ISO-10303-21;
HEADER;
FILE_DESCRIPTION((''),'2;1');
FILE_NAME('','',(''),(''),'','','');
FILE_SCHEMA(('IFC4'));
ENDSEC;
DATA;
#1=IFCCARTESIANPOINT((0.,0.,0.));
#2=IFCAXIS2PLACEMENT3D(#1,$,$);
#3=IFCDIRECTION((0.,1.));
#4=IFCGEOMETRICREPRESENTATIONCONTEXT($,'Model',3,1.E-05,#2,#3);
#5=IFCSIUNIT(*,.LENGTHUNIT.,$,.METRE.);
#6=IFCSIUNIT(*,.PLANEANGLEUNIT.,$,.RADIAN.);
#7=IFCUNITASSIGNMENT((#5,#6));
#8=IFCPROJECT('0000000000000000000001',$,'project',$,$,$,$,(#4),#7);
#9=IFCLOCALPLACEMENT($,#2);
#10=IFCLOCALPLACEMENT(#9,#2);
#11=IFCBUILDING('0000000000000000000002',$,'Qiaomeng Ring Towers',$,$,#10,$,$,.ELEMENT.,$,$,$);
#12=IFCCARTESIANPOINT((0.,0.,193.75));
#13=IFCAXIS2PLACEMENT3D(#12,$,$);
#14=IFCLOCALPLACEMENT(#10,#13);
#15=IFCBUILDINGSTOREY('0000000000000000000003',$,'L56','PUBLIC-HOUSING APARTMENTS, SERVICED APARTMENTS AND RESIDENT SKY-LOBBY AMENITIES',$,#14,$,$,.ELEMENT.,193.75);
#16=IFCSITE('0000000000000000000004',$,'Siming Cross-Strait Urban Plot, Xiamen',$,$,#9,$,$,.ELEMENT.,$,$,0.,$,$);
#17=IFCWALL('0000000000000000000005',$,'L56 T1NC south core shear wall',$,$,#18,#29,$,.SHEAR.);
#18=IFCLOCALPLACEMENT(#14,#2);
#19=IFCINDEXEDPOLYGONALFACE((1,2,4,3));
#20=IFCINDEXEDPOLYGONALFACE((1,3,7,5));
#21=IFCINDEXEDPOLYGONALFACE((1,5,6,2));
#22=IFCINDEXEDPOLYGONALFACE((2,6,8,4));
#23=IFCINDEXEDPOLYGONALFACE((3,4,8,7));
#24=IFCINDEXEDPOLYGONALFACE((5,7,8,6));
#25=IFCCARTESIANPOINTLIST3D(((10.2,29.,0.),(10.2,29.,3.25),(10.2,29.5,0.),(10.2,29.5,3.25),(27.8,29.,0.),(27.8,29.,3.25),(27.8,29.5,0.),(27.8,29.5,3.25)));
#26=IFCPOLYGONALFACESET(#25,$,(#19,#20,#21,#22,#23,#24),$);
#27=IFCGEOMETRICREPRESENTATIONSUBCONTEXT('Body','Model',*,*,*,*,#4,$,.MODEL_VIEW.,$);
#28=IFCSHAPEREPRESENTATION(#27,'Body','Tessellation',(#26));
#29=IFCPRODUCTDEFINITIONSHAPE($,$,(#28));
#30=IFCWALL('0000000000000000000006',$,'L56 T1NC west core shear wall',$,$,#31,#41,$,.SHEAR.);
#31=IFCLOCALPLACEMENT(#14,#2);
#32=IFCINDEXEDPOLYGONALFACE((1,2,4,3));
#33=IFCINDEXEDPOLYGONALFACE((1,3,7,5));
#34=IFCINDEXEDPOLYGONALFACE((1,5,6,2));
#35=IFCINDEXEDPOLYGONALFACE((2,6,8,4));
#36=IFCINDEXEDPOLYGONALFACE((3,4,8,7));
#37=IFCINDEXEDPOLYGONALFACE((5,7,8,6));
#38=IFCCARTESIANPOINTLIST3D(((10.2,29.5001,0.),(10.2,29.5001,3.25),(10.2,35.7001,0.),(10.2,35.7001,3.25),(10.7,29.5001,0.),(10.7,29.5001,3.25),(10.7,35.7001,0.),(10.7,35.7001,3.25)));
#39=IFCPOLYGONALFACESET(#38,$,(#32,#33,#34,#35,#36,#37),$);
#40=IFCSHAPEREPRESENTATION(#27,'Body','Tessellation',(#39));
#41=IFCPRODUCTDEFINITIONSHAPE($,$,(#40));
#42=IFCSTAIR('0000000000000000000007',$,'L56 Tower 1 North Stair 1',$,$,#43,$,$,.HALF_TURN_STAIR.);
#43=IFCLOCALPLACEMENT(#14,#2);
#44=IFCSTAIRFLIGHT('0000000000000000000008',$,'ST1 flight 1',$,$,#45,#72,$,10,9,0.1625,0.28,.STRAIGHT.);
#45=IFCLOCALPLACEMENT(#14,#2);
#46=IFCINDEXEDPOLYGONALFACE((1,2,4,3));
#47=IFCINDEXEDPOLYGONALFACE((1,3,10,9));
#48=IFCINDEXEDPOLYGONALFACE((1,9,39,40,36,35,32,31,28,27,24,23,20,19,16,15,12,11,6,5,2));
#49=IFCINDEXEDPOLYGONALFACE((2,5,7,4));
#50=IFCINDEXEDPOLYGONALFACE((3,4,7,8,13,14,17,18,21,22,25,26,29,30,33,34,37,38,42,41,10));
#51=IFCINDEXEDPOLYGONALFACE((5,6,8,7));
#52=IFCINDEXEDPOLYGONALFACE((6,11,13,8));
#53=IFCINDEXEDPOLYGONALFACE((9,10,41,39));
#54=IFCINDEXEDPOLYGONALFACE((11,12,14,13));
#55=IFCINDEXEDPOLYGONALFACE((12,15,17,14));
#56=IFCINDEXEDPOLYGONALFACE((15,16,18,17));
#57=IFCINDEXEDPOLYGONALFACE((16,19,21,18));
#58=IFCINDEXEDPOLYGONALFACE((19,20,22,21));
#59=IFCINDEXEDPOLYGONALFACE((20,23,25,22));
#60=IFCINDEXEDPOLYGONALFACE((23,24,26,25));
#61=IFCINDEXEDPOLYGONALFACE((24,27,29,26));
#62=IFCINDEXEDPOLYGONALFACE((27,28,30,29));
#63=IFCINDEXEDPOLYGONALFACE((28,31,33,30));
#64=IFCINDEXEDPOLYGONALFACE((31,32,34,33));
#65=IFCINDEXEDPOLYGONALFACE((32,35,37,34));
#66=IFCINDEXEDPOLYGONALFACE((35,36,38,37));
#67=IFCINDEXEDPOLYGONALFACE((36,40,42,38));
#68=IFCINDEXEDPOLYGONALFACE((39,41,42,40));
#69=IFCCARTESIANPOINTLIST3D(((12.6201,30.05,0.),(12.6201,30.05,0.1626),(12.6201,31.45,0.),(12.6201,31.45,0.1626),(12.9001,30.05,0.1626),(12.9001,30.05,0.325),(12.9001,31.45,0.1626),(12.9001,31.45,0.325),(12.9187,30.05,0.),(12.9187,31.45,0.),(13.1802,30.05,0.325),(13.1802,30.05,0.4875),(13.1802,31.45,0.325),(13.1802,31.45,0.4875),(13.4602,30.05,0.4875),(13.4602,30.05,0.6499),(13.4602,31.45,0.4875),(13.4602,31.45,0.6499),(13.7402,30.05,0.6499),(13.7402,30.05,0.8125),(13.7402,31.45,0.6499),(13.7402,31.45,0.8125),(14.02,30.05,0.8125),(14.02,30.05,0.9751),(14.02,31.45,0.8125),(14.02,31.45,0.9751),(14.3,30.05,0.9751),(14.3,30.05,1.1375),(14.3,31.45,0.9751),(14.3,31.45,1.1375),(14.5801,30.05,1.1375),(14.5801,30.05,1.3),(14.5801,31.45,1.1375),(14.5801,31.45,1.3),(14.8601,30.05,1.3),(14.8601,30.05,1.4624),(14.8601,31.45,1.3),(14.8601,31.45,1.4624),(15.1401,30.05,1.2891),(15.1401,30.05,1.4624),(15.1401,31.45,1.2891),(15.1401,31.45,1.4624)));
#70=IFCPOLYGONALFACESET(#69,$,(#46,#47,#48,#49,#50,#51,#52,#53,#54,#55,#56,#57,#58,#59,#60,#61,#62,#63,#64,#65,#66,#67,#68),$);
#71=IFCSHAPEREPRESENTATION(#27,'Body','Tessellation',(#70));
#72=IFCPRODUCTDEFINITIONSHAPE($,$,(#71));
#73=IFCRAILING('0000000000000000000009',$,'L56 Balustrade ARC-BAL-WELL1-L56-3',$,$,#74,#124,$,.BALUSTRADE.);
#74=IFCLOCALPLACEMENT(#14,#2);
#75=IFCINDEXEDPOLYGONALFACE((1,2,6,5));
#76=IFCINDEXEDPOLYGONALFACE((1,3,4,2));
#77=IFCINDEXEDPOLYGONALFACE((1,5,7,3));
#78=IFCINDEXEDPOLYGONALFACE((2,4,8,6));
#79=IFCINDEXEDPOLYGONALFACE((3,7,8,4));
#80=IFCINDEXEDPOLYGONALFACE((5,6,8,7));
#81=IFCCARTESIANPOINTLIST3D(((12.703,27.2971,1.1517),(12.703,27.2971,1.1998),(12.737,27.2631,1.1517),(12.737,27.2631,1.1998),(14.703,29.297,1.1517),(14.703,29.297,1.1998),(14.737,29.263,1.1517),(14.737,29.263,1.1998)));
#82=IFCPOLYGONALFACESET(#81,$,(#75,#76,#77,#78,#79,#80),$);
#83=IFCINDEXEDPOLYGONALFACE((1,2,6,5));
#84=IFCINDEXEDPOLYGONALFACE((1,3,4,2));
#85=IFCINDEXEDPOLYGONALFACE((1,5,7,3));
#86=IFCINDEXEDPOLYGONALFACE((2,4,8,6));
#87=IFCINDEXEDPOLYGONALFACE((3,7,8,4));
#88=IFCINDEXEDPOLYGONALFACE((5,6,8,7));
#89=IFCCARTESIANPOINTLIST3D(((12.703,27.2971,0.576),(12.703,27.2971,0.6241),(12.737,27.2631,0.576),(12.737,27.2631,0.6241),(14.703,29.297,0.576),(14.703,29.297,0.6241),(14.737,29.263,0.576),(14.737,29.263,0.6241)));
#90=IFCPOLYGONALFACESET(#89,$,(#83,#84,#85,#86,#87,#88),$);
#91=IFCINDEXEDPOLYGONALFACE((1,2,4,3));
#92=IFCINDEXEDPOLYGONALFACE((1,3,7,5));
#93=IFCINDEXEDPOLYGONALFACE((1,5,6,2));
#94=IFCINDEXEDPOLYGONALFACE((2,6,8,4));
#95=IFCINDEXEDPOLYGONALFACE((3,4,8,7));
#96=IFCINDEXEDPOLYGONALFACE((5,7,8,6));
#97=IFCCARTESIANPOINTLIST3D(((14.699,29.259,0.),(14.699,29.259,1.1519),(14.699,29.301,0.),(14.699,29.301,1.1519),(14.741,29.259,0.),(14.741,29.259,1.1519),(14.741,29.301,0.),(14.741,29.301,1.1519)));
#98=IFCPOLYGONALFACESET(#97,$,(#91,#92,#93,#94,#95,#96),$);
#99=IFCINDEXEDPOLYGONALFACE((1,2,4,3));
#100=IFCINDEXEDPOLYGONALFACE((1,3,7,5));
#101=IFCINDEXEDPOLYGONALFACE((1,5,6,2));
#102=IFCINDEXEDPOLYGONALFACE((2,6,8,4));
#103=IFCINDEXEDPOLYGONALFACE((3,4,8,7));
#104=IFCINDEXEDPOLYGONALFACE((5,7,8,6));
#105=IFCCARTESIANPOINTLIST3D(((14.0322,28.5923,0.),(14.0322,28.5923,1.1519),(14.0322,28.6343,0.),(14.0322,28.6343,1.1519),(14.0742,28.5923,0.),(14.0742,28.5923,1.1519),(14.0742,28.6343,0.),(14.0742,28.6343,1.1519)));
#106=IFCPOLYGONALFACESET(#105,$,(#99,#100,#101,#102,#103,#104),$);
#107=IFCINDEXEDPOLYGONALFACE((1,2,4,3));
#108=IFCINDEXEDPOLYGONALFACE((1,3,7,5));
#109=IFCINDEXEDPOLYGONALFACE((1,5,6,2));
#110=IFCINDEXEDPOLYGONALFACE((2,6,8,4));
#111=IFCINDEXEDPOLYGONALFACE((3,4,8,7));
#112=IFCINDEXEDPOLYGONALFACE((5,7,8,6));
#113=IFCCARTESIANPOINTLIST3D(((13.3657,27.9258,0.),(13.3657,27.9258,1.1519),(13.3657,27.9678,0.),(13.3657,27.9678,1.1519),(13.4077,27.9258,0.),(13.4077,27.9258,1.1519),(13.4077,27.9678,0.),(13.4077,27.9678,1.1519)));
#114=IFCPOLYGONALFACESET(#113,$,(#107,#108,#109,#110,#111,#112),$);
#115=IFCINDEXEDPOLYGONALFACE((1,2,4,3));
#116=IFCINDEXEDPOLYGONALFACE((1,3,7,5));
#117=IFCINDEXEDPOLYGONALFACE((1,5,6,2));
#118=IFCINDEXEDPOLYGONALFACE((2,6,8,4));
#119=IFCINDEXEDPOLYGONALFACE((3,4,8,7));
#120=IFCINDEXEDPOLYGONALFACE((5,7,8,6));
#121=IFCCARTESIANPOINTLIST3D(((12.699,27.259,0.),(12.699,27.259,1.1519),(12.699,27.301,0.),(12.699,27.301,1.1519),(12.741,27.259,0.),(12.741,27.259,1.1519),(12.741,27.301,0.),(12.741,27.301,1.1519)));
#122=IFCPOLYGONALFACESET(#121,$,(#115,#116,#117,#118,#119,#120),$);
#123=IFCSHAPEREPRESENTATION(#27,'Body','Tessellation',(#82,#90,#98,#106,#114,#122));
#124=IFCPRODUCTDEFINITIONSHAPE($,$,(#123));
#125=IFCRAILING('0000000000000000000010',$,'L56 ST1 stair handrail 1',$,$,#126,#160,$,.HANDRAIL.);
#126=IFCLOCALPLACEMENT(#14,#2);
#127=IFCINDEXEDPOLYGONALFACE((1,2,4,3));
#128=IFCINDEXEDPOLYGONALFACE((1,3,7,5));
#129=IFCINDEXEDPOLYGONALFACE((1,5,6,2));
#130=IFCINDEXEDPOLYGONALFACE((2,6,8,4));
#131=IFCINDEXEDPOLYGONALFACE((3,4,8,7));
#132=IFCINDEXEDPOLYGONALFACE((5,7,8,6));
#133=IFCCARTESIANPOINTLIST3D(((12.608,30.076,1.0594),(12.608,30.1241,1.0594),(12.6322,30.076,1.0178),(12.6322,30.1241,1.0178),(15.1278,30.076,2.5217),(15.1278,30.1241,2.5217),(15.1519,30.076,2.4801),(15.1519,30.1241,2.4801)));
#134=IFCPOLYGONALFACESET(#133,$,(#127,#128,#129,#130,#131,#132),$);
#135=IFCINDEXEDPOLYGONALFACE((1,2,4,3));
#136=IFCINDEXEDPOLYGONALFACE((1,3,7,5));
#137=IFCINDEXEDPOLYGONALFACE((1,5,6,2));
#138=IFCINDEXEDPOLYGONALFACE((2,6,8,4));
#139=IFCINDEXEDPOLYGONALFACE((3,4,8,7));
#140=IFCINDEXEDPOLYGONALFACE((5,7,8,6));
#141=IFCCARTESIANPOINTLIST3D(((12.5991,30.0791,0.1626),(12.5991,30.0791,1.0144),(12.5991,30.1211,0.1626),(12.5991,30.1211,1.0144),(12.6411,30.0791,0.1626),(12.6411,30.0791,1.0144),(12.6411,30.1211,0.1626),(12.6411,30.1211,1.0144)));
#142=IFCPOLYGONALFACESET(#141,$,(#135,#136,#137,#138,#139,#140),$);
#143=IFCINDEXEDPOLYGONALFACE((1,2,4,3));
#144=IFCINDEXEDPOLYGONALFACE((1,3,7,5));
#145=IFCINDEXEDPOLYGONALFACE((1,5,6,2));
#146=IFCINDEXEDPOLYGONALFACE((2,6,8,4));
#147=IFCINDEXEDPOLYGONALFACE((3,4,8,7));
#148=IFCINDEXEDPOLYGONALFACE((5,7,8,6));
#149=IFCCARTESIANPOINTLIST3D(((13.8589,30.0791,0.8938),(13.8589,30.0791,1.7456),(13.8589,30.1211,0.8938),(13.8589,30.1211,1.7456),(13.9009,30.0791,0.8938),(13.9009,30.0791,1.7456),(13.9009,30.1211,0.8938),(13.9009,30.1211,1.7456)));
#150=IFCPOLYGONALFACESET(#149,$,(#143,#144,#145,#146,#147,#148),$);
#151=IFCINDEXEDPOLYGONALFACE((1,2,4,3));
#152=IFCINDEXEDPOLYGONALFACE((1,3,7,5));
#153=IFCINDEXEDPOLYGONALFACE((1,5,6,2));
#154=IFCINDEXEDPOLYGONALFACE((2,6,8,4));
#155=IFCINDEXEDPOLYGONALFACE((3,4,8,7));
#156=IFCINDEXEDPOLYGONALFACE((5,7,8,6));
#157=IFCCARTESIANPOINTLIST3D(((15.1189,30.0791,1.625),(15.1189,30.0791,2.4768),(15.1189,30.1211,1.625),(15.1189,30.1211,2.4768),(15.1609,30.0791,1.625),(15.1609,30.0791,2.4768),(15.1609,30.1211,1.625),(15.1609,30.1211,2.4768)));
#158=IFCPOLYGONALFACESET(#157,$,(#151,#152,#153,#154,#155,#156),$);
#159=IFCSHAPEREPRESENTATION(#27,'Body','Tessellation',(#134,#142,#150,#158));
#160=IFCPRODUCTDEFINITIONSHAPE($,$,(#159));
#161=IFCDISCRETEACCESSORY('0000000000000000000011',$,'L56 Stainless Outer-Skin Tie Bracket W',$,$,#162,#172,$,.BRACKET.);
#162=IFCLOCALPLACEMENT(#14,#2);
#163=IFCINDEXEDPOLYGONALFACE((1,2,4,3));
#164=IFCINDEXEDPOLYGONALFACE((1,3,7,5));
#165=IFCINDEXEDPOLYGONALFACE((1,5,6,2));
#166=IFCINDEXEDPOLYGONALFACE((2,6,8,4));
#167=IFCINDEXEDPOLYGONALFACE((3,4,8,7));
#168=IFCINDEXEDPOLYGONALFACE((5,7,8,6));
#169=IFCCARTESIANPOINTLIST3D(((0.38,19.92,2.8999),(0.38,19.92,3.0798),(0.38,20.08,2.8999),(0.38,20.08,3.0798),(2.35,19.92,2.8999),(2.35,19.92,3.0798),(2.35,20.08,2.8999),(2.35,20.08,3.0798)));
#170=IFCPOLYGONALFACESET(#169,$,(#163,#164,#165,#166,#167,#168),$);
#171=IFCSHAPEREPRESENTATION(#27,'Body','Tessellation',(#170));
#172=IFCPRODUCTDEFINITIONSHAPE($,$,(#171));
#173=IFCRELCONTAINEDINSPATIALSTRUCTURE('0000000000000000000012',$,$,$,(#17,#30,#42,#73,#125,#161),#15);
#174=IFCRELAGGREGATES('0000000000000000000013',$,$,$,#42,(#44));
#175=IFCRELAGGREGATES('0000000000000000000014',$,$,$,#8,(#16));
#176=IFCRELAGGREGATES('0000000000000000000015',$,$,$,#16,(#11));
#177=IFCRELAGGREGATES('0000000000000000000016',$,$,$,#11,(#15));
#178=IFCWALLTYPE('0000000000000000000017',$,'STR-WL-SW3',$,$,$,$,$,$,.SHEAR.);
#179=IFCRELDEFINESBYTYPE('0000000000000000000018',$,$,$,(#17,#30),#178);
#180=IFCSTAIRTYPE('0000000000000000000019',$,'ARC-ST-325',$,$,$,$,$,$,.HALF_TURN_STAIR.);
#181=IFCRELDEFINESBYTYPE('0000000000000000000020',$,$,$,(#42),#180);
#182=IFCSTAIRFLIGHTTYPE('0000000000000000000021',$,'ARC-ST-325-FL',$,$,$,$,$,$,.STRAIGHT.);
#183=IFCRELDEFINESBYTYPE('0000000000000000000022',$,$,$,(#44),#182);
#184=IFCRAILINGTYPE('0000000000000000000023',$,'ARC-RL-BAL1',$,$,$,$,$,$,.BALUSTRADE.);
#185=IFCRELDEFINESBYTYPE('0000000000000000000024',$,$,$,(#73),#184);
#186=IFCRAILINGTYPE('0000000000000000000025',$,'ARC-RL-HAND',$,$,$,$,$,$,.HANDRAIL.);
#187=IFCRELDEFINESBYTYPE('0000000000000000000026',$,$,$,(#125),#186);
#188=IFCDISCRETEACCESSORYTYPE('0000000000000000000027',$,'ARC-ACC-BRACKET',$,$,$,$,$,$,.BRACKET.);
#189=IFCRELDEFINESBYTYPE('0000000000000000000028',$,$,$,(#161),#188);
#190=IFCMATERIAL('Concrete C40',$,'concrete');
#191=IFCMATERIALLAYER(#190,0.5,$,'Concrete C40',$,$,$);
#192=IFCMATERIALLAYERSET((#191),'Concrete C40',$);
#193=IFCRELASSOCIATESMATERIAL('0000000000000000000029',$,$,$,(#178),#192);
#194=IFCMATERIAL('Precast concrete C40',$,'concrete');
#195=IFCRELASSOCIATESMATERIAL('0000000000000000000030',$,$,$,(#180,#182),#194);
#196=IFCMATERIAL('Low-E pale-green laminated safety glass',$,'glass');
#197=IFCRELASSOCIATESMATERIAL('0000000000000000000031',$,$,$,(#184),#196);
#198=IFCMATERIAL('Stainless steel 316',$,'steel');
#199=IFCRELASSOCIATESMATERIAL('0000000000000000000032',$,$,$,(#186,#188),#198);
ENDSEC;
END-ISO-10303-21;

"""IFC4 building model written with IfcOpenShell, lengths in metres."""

from ifc_helpers import new_model, si_unit, direction, frame, frame_2d, origin, origin_2d, place, context, subcontext, project, spatial, polyline, rectangle, outline, extrude, source, transform, mapped, material, layer, layer_set, type_object, element, aggregate, save


model = new_model("IFC4")

# Units and contexts
model_context = context("Model", 3, precision=1e-05, world=origin(), true_north=direction((0.0, 1.0)))
body_context = subcontext(model_context, "Body", "Model", "MODEL_VIEW")
ifc_project = project(units=[si_unit("LENGTHUNIT", "METRE"), si_unit("PLANEANGLEUNIT", "RADIAN")], contexts=[model_context])

# Site, building, storey
site_placement = place(None, origin())
site = spatial("IfcSite", under=ifc_project, at=site_placement, Name="Siming Cross-Strait Urban Plot, Xiamen", CompositionType="ELEMENT", RefElevation=0.0)
building_placement = place(site_placement, origin())
building = spatial("IfcBuilding", under=site, at=building_placement, Name="Qiaomeng Ring Towers", CompositionType="ELEMENT")
storey_placement = place(building_placement, frame((0.0, 0.0, 193.75)))
storey = spatial("IfcBuildingStorey", under=building, at=storey_placement, Name="L56", Description="PUBLIC-HOUSING APARTMENTS, SERVICED APARTMENTS AND RESIDENT SKY-LOBBY AMENITIES", CompositionType="ELEMENT", Elevation=193.75)

# Shared definitions
ifc_material_1 = material(Name="Concrete C40", Category="concrete")

# Shared definitions
ifc_material_2 = material(Name="Stainless steel 316", Category="steel")

# Walls
ifc_layer_1 = layer(ifc_material_1, 0.5, Name="Concrete C40")
ifc_layer_set_1 = layer_set([ifc_layer_1], Name="Concrete C40")
wall_type_1 = type_object("IfcWallType", Name="STR-WL-SW3", PredefinedType="SHEAR", material=ifc_layer_set_1)
wall_1_placement = place(storey_placement, frame((10.2, 29.25, 0.0), z_axis=(0.0, 0.0, 1.0), x_axis=(1.0, 0.0, 0.0)))
element("IfcWall", 1, at=wall_1_placement, inside=storey, type_object=wall_type_1, Name="L56 T1NC south core shear wall", PredefinedType="SHEAR", context=body_context, shape_type="SweptSolid", body=[
    extrude(rectangle(XDim=17.6001, YDim=0.5, at=frame_2d((8.8, 0.0))), origin(), (0.0, 0.0, 1.0), 3.25),
])
wall_2_placement = place(storey_placement, frame((10.45, 29.5, 0.0), z_axis=(0.0, 0.0, 1.0), x_axis=(0.0, 1.0, 0.0)))
element("IfcWall", 2, at=wall_2_placement, inside=storey, type_object=wall_type_1, Name="L56 T1NC west core shear wall", PredefinedType="SHEAR", context=body_context, shape_type="SweptSolid", body=[
    extrude(rectangle(XDim=6.2, YDim=0.5, at=frame_2d((3.1001, 0.0))), origin(), (0.0, 0.0, 1.0), 3.25),
])

# Stair, stair flight
ifc_material_3 = material(Name="Precast concrete C40", Category="concrete")
stair_type = type_object("IfcStairType", Name="ARC-ST-325", PredefinedType="HALF_TURN_STAIR", material=ifc_material_3)
stair_placement = place(storey_placement, origin())
stair = element("IfcStair", 3, at=stair_placement, inside=storey, type_object=stair_type, Name="L56 Tower 1 North Stair 1", PredefinedType="HALF_TURN_STAIR")
stair_flight_type = type_object("IfcStairFlightType", Name="ARC-ST-325-FL", PredefinedType="STRAIGHT", material=ifc_material_3)
shared_shape_1 = source(origin(), body_context, "Body", "SweptSolid", [
    extrude(outline(polyline([(0.0, 0.0), (0.0, 0.1626), (0.28, 0.1626), (0.28, 0.325), (0.5601, 0.325), (0.5601, 0.4875), (0.8401, 0.4875), (0.8401, 0.6499), (1.1201, 0.6499), (1.1201, 0.8125), (1.3999, 0.8125), (1.3999, 0.9751), (1.6799, 0.9751), (1.6799, 1.1375), (1.96, 1.1375), (1.96, 1.3), (2.24, 1.3), (2.24, 1.4624), (2.52, 1.4624), (2.52, 1.625), (2.52, 1.2891), (0.2986, 0.0), (0.0, 0.0)])), frame((0.0, 0.7, 0.0), z_axis=(0.0, -1.0, 0.0), x_axis=(1.0, 0.0, 0.0)), (0.0, 0.0, 1.0), 1.3999),
])
stair_flight_placement = place(storey_placement, frame((12.6201, 30.75, 0.0), z_axis=(0.0, 0.0, 1.0), x_axis=(1.0, 0.0, 0.0)))
stair_flight = element("IfcStairFlight", 4, at=stair_flight_placement, type_object=stair_flight_type, Name="ST1 flight 1", NumberOfRisers=10, NumberOfTreads=9, PredefinedType="STRAIGHT", RiserHeight=0.1625, TreadLength=0.28, context=body_context, shape_type="MappedRepresentation", body=[
    mapped(shared_shape_1, transform((0.0, 0.0, 0.0), x_axis=(1.0, 0.0, 0.0), y_axis=(0.0, 1.0, 0.0), z_axis=(0.0, 0.0, 1.0), scale=1.0)),
])
aggregate(stair, [stair_flight])

# Railings
ifc_material_4 = material(Name="Low-E pale-green laminated safety glass", Category="glass")
railing_type_1 = type_object("IfcRailingType", Name="ARC-RL-BAL1", PredefinedType="BALUSTRADE", material=ifc_material_4)
railing_1_placement = place(storey_placement, frame((14.72, 29.28, 0.0)))
element("IfcRailing", 5, at=railing_1_placement, inside=storey, type_object=railing_type_1, Name="L56 Balustrade ARC-BAL-WELL1-L56-3", PredefinedType="BALUSTRADE", context=body_context, shape_type="SweptSolid", body=[
    extrude(rectangle(XDim=0.0481, YDim=0.0481, at=origin_2d()), frame((0.0, 0.0, 1.1758), z_axis=(-0.707107, -0.707107, 0.0), x_axis=(0.707107, -0.707107, 0.0)), (0.0, 0.0, 1.0), 2.8284),
    extrude(rectangle(XDim=0.0481, YDim=0.0481, at=origin_2d()), frame((0.0, 0.0, 0.6001), z_axis=(-0.707107, -0.707107, 0.0), x_axis=(0.707107, -0.707107, 0.0)), (0.0, 0.0, 1.0), 2.8284),
    extrude(rectangle(XDim=0.042, YDim=0.042, at=origin_2d()), origin(), (0.0, 0.0, 1.0), 1.1519),
    extrude(rectangle(XDim=0.042, YDim=0.042, at=origin_2d()), frame((-0.6667, -0.6667, 0.0)), (0.0, 0.0, 1.0), 1.1519),
    extrude(rectangle(XDim=0.042, YDim=0.042, at=origin_2d()), frame((-1.3333, -1.3333, 0.0)), (0.0, 0.0, 1.0), 1.1519),
    extrude(rectangle(XDim=0.042, YDim=0.042, at=origin_2d()), frame((-2.0, -2.0, 0.0)), (0.0, 0.0, 1.0), 1.1519),
])
railing_type_2 = type_object("IfcRailingType", Name="ARC-RL-HAND", PredefinedType="HANDRAIL", material=ifc_material_2)
railing_2_placement = place(storey_placement, frame((12.6201, 30.1001, 0.1626)))
element("IfcRailing", 6, at=railing_2_placement, inside=storey, type_object=railing_type_2, Name="L56 ST1 stair handrail 1", PredefinedType="HANDRAIL", context=body_context, shape_type="SweptSolid", body=[
    extrude(rectangle(XDim=0.0481, YDim=0.0481, at=origin_2d()), frame((0.0, 0.0, 0.876), z_axis=(0.864892, 0.0, 0.501958), x_axis=(0.0, 1.0, 0.0)), (0.0, 0.0, 1.0), 2.9133),
    extrude(rectangle(XDim=0.042, YDim=0.042, at=origin_2d()), origin(), (0.0, 0.0, 1.0), 0.8518),
    extrude(rectangle(XDim=0.042, YDim=0.042, at=origin_2d()), frame((1.2598, 0.0, 0.7312)), (0.0, 0.0, 1.0), 0.8518),
    extrude(rectangle(XDim=0.042, YDim=0.042, at=origin_2d()), frame((2.5198, 0.0, 1.4624)), (0.0, 0.0, 1.0), 0.8518),
])

# Discrete accessory
discrete_accessory_type = type_object("IfcDiscreteAccessoryType", Name="ARC-ACC-BRACKET", PredefinedType="BRACKET", material=ifc_material_2)
shared_shape_2 = source(origin(), body_context, "Body", "SweptSolid", [
    extrude(rectangle(XDim=1.97, YDim=0.1599, at=origin_2d()), origin(), (0.0, 0.0, 1.0), 0.1799),
])
discrete_accessory_placement = place(storey_placement, frame((1.365, 20.0, 2.8999), z_axis=(0.0, 0.0, 1.0), x_axis=(1.0, 0.0, 0.0)))
element("IfcDiscreteAccessory", 7, at=discrete_accessory_placement, inside=storey, type_object=discrete_accessory_type, Name="L56 Stainless Outer-Skin Tie Bracket W", PredefinedType="BRACKET", context=body_context, shape_type="MappedRepresentation", body=[
    mapped(shared_shape_2, transform((0.0, 0.0, 0.0), x_axis=(1.0, 0.0, 0.0), y_axis=(0.0, 1.0, 0.0), z_axis=(0.0, 0.0, 1.0), scale=1.0)),
])

save(model, "model.ifc")
